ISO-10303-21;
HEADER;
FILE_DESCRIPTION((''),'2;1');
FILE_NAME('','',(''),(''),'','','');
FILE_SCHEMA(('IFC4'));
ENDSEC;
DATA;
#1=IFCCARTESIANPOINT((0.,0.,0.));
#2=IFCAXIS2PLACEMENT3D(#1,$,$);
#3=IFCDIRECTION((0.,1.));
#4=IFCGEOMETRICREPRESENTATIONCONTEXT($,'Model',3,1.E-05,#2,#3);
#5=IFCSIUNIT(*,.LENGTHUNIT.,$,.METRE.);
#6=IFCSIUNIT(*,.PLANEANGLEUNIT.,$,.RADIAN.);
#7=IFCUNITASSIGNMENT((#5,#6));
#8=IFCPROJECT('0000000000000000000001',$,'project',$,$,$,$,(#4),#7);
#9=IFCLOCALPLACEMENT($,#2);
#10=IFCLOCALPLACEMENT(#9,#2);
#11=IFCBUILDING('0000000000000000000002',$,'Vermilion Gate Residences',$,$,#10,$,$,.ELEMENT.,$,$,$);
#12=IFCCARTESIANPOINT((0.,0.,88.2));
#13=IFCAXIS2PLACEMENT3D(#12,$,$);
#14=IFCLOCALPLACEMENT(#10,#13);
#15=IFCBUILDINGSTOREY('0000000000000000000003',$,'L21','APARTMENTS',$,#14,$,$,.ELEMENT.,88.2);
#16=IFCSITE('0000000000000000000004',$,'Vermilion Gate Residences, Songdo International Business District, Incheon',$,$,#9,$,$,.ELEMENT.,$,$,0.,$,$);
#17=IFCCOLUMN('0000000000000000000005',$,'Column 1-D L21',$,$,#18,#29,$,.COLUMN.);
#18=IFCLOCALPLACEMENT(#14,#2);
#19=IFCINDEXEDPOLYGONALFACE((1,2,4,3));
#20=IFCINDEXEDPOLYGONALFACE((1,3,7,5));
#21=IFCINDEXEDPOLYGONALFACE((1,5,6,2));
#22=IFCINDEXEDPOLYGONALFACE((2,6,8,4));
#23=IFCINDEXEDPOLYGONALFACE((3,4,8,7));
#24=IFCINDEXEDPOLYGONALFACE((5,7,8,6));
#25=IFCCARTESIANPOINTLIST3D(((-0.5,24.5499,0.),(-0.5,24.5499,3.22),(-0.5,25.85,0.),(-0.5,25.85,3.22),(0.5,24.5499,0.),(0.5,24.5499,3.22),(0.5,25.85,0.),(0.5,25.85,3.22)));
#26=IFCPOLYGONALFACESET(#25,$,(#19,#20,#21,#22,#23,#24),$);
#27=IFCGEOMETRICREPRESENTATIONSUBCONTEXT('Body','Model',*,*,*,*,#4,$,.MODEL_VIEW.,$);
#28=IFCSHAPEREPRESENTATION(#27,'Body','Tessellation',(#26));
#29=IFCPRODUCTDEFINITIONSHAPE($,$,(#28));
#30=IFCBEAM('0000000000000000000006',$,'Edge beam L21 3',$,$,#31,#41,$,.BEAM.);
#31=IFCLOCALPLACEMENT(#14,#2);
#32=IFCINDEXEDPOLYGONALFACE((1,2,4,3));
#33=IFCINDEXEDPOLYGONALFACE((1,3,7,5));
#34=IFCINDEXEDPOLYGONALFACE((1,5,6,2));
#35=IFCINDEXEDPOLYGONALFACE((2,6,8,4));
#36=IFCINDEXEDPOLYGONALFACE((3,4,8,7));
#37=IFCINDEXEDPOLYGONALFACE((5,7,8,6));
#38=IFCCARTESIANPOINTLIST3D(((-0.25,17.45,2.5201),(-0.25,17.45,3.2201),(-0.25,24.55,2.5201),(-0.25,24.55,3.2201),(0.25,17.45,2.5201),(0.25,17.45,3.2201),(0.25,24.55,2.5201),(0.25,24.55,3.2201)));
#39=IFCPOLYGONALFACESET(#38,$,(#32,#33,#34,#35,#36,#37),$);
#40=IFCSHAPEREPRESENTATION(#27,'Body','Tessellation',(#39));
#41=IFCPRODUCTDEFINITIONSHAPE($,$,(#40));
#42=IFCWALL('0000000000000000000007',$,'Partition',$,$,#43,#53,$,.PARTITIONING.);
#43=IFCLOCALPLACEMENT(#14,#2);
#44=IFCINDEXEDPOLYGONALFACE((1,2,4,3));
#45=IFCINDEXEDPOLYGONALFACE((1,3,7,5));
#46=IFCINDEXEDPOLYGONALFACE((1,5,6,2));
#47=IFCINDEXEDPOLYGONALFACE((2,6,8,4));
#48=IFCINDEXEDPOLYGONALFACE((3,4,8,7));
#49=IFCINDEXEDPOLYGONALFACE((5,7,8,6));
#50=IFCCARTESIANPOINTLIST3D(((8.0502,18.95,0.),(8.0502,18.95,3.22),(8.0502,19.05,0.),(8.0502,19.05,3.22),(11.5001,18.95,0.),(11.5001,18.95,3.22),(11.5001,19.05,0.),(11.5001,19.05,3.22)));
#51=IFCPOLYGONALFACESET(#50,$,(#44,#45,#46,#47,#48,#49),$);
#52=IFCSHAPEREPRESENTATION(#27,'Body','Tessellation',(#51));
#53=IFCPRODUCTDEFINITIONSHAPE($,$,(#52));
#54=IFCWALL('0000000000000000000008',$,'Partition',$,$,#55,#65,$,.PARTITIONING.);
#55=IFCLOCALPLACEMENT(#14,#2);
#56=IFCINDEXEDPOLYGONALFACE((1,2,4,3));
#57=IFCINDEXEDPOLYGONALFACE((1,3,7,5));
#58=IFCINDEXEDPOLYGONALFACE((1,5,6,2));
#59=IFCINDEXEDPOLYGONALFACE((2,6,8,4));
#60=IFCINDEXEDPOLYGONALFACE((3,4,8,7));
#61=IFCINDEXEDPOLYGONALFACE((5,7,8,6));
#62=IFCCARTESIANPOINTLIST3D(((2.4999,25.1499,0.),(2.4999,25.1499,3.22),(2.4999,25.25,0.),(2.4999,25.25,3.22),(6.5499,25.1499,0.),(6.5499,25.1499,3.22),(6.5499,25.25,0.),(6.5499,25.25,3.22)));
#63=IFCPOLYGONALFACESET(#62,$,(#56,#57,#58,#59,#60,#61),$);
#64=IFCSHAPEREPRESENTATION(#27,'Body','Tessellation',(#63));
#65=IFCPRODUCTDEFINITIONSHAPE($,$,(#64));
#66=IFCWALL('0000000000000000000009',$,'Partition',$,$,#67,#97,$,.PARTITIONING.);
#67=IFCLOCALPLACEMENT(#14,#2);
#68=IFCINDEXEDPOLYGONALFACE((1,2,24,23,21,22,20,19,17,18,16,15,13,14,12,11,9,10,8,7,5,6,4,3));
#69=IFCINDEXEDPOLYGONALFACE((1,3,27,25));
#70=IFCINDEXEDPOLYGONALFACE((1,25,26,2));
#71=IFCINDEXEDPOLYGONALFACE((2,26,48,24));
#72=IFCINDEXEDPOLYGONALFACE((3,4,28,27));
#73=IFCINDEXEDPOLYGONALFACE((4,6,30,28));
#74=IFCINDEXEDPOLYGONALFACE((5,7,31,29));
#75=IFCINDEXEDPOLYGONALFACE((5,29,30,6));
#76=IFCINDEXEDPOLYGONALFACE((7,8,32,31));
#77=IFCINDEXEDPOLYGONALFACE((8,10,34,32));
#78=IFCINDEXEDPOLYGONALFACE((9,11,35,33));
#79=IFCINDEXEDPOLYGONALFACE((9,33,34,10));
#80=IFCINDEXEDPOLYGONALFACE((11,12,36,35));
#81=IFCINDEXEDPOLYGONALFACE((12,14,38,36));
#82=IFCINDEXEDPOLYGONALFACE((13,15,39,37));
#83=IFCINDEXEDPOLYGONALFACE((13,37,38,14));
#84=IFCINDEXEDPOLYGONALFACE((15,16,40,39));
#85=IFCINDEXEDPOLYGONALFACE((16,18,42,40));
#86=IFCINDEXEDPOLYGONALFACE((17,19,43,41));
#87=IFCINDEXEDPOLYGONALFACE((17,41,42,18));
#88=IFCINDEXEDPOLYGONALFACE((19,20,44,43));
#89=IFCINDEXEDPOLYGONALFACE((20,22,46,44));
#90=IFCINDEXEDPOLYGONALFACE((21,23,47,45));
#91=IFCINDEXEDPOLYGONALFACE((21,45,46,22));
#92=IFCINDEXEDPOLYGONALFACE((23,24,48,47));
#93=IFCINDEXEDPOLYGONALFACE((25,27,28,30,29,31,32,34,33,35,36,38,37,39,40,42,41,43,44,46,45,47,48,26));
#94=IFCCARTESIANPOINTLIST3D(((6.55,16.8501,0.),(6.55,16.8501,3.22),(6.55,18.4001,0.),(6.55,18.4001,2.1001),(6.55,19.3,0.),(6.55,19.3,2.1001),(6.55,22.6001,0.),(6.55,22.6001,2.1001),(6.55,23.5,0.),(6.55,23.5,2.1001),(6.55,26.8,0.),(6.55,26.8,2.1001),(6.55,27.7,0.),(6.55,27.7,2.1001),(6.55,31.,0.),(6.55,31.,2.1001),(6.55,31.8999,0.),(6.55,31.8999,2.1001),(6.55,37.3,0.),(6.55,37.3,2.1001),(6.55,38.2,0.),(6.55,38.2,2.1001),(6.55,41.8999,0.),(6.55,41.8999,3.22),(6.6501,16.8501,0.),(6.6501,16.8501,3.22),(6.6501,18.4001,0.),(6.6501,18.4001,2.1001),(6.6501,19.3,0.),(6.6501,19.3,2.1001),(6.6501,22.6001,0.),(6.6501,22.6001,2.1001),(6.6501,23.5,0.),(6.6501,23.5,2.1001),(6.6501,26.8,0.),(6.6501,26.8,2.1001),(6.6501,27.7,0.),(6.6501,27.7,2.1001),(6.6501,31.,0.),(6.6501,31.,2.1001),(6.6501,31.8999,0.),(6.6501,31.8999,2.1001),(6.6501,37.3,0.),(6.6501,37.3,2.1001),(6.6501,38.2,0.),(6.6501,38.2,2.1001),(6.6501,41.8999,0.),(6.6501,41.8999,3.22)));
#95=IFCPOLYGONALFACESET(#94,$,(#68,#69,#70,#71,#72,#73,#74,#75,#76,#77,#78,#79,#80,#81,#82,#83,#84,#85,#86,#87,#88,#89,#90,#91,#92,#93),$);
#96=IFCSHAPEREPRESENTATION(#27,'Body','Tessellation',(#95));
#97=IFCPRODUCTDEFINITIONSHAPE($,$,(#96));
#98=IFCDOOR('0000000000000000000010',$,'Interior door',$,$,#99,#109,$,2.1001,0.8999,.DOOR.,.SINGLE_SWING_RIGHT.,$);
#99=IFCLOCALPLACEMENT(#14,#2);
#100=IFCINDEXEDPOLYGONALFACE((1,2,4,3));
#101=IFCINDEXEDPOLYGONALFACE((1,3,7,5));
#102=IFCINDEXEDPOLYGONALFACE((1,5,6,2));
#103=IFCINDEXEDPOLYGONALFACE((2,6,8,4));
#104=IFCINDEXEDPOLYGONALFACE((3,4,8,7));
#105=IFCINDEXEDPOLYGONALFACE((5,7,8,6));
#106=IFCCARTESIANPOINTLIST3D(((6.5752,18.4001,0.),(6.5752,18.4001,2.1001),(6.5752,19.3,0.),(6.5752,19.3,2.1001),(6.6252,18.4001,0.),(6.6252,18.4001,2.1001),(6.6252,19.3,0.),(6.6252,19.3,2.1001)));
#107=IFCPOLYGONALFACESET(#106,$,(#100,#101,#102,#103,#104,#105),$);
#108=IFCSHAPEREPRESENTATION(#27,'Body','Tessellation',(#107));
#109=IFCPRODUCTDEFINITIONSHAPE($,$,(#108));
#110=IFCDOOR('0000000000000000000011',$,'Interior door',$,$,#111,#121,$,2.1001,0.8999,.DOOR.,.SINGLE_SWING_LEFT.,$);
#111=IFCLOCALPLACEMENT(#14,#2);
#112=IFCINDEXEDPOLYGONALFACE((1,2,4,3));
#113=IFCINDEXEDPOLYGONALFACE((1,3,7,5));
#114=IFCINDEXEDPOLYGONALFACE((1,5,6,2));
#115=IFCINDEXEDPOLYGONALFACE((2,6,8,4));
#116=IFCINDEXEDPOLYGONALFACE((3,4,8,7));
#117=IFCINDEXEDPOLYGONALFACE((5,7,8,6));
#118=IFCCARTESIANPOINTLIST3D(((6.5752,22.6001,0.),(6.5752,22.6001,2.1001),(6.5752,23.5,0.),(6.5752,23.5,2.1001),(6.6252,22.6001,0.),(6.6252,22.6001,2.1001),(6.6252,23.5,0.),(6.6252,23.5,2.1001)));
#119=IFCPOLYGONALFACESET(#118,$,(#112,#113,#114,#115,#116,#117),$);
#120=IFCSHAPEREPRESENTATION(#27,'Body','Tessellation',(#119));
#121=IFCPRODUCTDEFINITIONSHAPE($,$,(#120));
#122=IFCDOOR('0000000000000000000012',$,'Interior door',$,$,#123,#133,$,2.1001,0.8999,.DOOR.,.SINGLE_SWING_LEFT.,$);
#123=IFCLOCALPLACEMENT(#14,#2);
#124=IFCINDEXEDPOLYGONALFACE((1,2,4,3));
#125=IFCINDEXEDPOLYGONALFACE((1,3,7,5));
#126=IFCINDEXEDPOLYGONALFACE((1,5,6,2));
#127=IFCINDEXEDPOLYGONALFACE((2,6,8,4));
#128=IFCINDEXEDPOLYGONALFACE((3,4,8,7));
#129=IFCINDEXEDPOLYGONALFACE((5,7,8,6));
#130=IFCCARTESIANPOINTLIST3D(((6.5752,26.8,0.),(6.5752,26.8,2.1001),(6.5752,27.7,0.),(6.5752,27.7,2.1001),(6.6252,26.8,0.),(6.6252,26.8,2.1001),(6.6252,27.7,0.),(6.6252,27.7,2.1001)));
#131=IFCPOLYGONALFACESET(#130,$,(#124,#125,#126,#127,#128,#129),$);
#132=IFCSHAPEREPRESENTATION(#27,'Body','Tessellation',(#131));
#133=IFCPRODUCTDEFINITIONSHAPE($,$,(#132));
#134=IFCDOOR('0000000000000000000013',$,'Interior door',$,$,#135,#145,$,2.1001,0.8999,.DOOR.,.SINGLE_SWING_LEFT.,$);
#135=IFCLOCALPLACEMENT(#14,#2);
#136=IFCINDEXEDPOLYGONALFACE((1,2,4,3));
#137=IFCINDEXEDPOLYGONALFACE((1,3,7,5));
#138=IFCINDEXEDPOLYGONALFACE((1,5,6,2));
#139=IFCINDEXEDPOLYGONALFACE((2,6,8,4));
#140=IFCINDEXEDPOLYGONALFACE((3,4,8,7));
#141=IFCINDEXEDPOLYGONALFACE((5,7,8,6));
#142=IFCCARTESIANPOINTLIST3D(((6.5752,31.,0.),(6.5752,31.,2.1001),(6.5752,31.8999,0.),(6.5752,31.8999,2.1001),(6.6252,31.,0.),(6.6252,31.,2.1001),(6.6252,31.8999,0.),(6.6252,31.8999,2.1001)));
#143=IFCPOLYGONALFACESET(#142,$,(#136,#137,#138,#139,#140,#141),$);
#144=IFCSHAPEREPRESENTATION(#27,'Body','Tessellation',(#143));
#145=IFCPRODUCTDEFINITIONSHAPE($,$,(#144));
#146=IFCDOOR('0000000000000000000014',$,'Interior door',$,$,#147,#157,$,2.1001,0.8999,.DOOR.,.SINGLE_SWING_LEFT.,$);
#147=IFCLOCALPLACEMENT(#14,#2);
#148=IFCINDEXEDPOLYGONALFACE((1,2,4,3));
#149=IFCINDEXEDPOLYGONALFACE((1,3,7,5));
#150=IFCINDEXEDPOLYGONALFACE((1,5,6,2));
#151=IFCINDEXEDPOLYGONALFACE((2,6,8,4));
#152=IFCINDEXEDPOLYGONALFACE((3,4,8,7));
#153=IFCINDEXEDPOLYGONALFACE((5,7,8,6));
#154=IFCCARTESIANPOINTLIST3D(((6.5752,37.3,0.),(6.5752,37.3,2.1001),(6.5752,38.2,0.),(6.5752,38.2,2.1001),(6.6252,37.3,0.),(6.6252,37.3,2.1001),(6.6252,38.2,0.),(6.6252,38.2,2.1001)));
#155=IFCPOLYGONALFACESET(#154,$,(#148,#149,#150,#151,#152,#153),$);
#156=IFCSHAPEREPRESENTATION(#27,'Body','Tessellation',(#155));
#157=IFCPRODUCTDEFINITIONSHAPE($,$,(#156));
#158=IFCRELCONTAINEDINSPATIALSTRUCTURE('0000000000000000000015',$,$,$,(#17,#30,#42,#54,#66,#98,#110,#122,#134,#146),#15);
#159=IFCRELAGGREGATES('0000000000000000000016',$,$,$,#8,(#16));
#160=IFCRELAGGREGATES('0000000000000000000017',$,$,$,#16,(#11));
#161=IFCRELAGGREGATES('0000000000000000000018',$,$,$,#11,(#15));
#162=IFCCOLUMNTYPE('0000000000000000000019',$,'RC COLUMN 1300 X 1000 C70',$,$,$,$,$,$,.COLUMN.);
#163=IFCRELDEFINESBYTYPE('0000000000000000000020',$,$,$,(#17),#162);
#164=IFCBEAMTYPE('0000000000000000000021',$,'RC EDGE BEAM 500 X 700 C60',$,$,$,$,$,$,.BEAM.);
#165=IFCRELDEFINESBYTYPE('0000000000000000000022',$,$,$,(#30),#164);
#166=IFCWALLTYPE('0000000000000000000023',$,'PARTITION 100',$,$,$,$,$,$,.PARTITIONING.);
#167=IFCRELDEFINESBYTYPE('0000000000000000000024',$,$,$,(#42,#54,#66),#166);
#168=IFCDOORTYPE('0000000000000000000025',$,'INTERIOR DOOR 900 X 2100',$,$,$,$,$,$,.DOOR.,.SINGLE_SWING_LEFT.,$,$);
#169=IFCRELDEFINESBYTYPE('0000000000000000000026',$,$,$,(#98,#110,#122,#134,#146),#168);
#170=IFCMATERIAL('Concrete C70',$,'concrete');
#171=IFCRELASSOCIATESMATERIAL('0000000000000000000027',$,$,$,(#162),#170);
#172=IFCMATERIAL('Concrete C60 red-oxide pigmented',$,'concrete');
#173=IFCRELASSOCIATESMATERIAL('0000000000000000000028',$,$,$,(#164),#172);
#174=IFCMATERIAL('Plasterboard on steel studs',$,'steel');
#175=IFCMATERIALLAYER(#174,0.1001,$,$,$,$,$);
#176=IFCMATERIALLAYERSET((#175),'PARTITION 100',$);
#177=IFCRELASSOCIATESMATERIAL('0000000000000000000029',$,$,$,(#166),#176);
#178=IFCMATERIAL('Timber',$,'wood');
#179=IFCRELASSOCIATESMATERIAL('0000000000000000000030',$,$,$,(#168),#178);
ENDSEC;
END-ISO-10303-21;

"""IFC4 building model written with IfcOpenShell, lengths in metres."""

from ifc_helpers import new_model, si_unit, direction, frame, frame_2d, origin, origin_2d, place, context, subcontext, project, spatial, rectangle, extrude, material, layer, layer_set, material_profile, profile_set, type_object, element, fill, save


model = new_model("IFC4")

# Units and contexts
model_context = context("Model", 3, precision=1e-05, world=origin(), true_north=direction((0.0, 1.0)))
body_context = subcontext(model_context, "Body", "Model", "MODEL_VIEW")
ifc_project = project(units=[si_unit("LENGTHUNIT", "METRE"), si_unit("PLANEANGLEUNIT", "RADIAN")], contexts=[model_context])

# Site, building, storey
site_placement = place(None, origin())
site = spatial("IfcSite", under=ifc_project, at=site_placement, Name="Vermilion Gate Residences, Songdo International Business District, Incheon", CompositionType="ELEMENT", RefElevation=0.0)
building_placement = place(site_placement, origin())
building = spatial("IfcBuilding", under=site, at=building_placement, Name="Vermilion Gate Residences", CompositionType="ELEMENT")
storey_placement = place(building_placement, frame((0.0, 0.0, 88.2)))
storey = spatial("IfcBuildingStorey", under=building, at=storey_placement, Name="L21", Description="APARTMENTS", CompositionType="ELEMENT", Elevation=88.2)

# Column
ifc_material_1 = material(Name="Concrete C70", Category="concrete")
ifc_material_profile_1 = material_profile(ifc_material_1, rectangle(XDim=1.3, YDim=1.0, at=origin_2d()), Name="RC-1300x1000")
ifc_profile_set_1 = profile_set([ifc_material_profile_1], Name="Concrete C70")
column_type = type_object("IfcColumnType", Name="RC COLUMN 1300 X 1000 C70", PredefinedType="COLUMN", material=ifc_profile_set_1)
column_placement = place(storey_placement, frame((0.0, 25.2, 0.0), z_axis=(0.0, 0.0, 1.0), x_axis=(0.0, 1.0, 0.0)))
element("IfcColumn", 1, at=column_placement, inside=storey, type_object=column_type, Name="Column 1-D L21", PredefinedType="COLUMN", context=body_context, shape_type="SweptSolid", body=[
    extrude(rectangle(XDim=1.3, YDim=1.0, at=origin_2d()), origin(), (0.0, 0.0, 1.0), 3.22),
])

# Beam
ifc_material_2 = material(Name="Concrete C60 red-oxide pigmented", Category="concrete")
ifc_material_profile_2 = material_profile(ifc_material_2, rectangle(XDim=0.5, YDim=0.7, at=origin_2d()), Name="RC-500x700")
ifc_profile_set_2 = profile_set([ifc_material_profile_2], Name="Concrete C60 red-oxide pigmented")
beam_type = type_object("IfcBeamType", Name="RC EDGE BEAM 500 X 700 C60", PredefinedType="BEAM", material=ifc_profile_set_2)
beam_placement = place(storey_placement, frame((0.0, 17.45, 2.8701), z_axis=(0.0, 1.0, 0.0), x_axis=(-1.0, 0.0, 0.0)))
element("IfcBeam", 2, at=beam_placement, inside=storey, type_object=beam_type, Name="Edge beam L21 3", PredefinedType="BEAM", context=body_context, shape_type="SweptSolid", body=[
    extrude(rectangle(XDim=0.5, YDim=0.7, at=origin_2d()), origin(), (0.0, 0.0, 1.0), 7.1001),
])

# Walls
ifc_material_3 = material(Name="Plasterboard on steel studs", Category="steel")
ifc_layer_1 = layer(ifc_material_3, 0.1001)
ifc_layer_set_1 = layer_set([ifc_layer_1], Name="PARTITION 100")
wall_type_1 = type_object("IfcWallType", Name="PARTITION 100", PredefinedType="PARTITIONING", material=ifc_layer_set_1)
wall_1_placement = place(storey_placement, frame((8.05, 19.0, 0.0), z_axis=(0.0, 0.0, 1.0), x_axis=(1.0, 0.0, 0.0)))
element("IfcWall", 3, at=wall_1_placement, inside=storey, type_object=wall_type_1, Name="Partition", PredefinedType="PARTITIONING", context=body_context, shape_type="SweptSolid", body=[
    extrude(rectangle(XDim=3.45, YDim=0.1001, at=frame_2d((1.7251, 0.0))), origin(), (0.0, 0.0, 1.0), 3.22),
])
wall_2_placement = place(storey_placement, frame((2.5, 25.2, 0.0), z_axis=(0.0, 0.0, 1.0), x_axis=(1.0, 0.0, 0.0)))
element("IfcWall", 4, at=wall_2_placement, inside=storey, type_object=wall_type_1, Name="Partition", PredefinedType="PARTITIONING", context=body_context, shape_type="SweptSolid", body=[
    extrude(rectangle(XDim=4.05, YDim=0.1001, at=frame_2d((2.0249, 0.0))), origin(), (0.0, 0.0, 1.0), 3.22),
])

# Wall, openings, doors
wall_3_placement = place(storey_placement, frame((6.6001, 16.8501, 0.0), z_axis=(0.0, 0.0, 1.0), x_axis=(0.0, 1.0, 0.0)))
wall_3 = element("IfcWall", 5, at=wall_3_placement, inside=storey, type_object=wall_type_1, Name="Partition", PredefinedType="PARTITIONING", context=body_context, shape_type="SweptSolid", body=[
    extrude(rectangle(XDim=25.0498, YDim=0.1001, at=frame_2d((12.5249, 0.0))), origin(), (0.0, 0.0, 1.0), 3.22),
])
opening_1_placement = place(wall_3_placement, frame((1.55, 0.0, 0.0)))
opening_1 = element("IfcOpeningElement", 6, at=opening_1_placement, cuts=wall_3, PredefinedType="OPENING", context=body_context, shape_type="SweptSolid", body=[
    extrude(rectangle(XDim=0.8999, YDim=2.1001, at=frame_2d((0.45, 1.05))), frame((0.0, 0.0601, 0.0), z_axis=(0.0, -1.0, 0.0), x_axis=(1.0, 0.0, 0.0)), (0.0, 0.0, 1.0), 0.1201),
])
opening_2_placement = place(wall_3_placement, frame((5.75, 0.0, 0.0)))
opening_2 = element("IfcOpeningElement", 7, at=opening_2_placement, cuts=wall_3, PredefinedType="OPENING", context=body_context, shape_type="SweptSolid", body=[
    extrude(rectangle(XDim=0.8999, YDim=2.1001, at=frame_2d((0.45, 1.05))), frame((0.0, 0.0601, 0.0), z_axis=(0.0, -1.0, 0.0), x_axis=(1.0, 0.0, 0.0)), (0.0, 0.0, 1.0), 0.1201),
])
opening_3_placement = place(wall_3_placement, frame((9.95, 0.0, 0.0)))
opening_3 = element("IfcOpeningElement", 8, at=opening_3_placement, cuts=wall_3, PredefinedType="OPENING", context=body_context, shape_type="SweptSolid", body=[
    extrude(rectangle(XDim=0.8999, YDim=2.1001, at=frame_2d((0.45, 1.05))), frame((0.0, 0.0601, 0.0), z_axis=(0.0, -1.0, 0.0), x_axis=(1.0, 0.0, 0.0)), (0.0, 0.0, 1.0), 0.1201),
])
opening_4_placement = place(wall_3_placement, frame((14.1499, 0.0, 0.0)))
opening_4 = element("IfcOpeningElement", 9, at=opening_4_placement, cuts=wall_3, PredefinedType="OPENING", context=body_context, shape_type="SweptSolid", body=[
    extrude(rectangle(XDim=0.8999, YDim=2.1001, at=frame_2d((0.45, 1.05))), frame((0.0, 0.0601, 0.0), z_axis=(0.0, -1.0, 0.0), x_axis=(1.0, 0.0, 0.0)), (0.0, 0.0, 1.0), 0.1201),
])
opening_5_placement = place(wall_3_placement, frame((20.45, 0.0, 0.0)))
opening_5 = element("IfcOpeningElement", 10, at=opening_5_placement, cuts=wall_3, PredefinedType="OPENING", context=body_context, shape_type="SweptSolid", body=[
    extrude(rectangle(XDim=0.8999, YDim=2.1001, at=frame_2d((0.45, 1.05))), frame((0.0, 0.0601, 0.0), z_axis=(0.0, -1.0, 0.0), x_axis=(1.0, 0.0, 0.0)), (0.0, 0.0, 1.0), 0.1201),
])
ifc_material_4 = material(Name="Timber", Category="wood")
door_type = type_object("IfcDoorType", Name="INTERIOR DOOR 900 X 2100", OperationType="SINGLE_SWING_LEFT", PredefinedType="DOOR", material=ifc_material_4)
door_1_placement = place(opening_1_placement, origin())
door_1 = element("IfcDoor", 11, at=door_1_placement, inside=storey, type_object=door_type, Name="Interior door", OperationType="SINGLE_SWING_RIGHT", OverallHeight=2.1001, OverallWidth=0.8999, PredefinedType="DOOR", context=body_context, shape_type="SweptSolid", body=[
    extrude(rectangle(XDim=0.8999, YDim=2.1001, at=frame_2d((0.45, 1.05))), frame((0.0, 0.0249, 0.0), z_axis=(0.0, -1.0, 0.0), x_axis=(1.0, 0.0, 0.0)), (0.0, 0.0, 1.0), 0.05),
])
fill(opening_1, door_1)
door_2_placement = place(opening_2_placement, origin())
door_2 = element("IfcDoor", 12, at=door_2_placement, inside=storey, type_object=door_type, Name="Interior door", OperationType="SINGLE_SWING_LEFT", OverallHeight=2.1001, OverallWidth=0.8999, PredefinedType="DOOR", context=body_context, shape_type="SweptSolid", body=[
    extrude(rectangle(XDim=0.8999, YDim=2.1001, at=frame_2d((0.45, 1.05))), frame((0.0, 0.0249, 0.0), z_axis=(0.0, -1.0, 0.0), x_axis=(1.0, 0.0, 0.0)), (0.0, 0.0, 1.0), 0.05),
])
fill(opening_2, door_2)
door_3_placement = place(opening_3_placement, origin())
door_3 = element("IfcDoor", 13, at=door_3_placement, inside=storey, type_object=door_type, Name="Interior door", OperationType="SINGLE_SWING_LEFT", OverallHeight=2.1001, OverallWidth=0.8999, PredefinedType="DOOR", context=body_context, shape_type="SweptSolid", body=[
    extrude(rectangle(XDim=0.8999, YDim=2.1001, at=frame_2d((0.45, 1.05))), frame((0.0, 0.0249, 0.0), z_axis=(0.0, -1.0, 0.0), x_axis=(1.0, 0.0, 0.0)), (0.0, 0.0, 1.0), 0.05),
])
fill(opening_3, door_3)
door_4_placement = place(opening_4_placement, origin())
door_4 = element("IfcDoor", 14, at=door_4_placement, inside=storey, type_object=door_type, Name="Interior door", OperationType="SINGLE_SWING_LEFT", OverallHeight=2.1001, OverallWidth=0.8999, PredefinedType="DOOR", context=body_context, shape_type="SweptSolid", body=[
    extrude(rectangle(XDim=0.8999, YDim=2.1001, at=frame_2d((0.45, 1.05))), frame((0.0, 0.0249, 0.0), z_axis=(0.0, -1.0, 0.0), x_axis=(1.0, 0.0, 0.0)), (0.0, 0.0, 1.0), 0.05),
])
fill(opening_4, door_4)
door_5_placement = place(opening_5_placement, origin())
door_5 = element("IfcDoor", 15, at=door_5_placement, inside=storey, type_object=door_type, Name="Interior door", OperationType="SINGLE_SWING_LEFT", OverallHeight=2.1001, OverallWidth=0.8999, PredefinedType="DOOR", context=body_context, shape_type="SweptSolid", body=[
    extrude(rectangle(XDim=0.8999, YDim=2.1001, at=frame_2d((0.45, 1.05))), frame((0.0, 0.0249, 0.0), z_axis=(0.0, -1.0, 0.0), x_axis=(1.0, 0.0, 0.0)), (0.0, 0.0, 1.0), 0.05),
])
fill(opening_5, door_5)

save(model, "model.ifc")
